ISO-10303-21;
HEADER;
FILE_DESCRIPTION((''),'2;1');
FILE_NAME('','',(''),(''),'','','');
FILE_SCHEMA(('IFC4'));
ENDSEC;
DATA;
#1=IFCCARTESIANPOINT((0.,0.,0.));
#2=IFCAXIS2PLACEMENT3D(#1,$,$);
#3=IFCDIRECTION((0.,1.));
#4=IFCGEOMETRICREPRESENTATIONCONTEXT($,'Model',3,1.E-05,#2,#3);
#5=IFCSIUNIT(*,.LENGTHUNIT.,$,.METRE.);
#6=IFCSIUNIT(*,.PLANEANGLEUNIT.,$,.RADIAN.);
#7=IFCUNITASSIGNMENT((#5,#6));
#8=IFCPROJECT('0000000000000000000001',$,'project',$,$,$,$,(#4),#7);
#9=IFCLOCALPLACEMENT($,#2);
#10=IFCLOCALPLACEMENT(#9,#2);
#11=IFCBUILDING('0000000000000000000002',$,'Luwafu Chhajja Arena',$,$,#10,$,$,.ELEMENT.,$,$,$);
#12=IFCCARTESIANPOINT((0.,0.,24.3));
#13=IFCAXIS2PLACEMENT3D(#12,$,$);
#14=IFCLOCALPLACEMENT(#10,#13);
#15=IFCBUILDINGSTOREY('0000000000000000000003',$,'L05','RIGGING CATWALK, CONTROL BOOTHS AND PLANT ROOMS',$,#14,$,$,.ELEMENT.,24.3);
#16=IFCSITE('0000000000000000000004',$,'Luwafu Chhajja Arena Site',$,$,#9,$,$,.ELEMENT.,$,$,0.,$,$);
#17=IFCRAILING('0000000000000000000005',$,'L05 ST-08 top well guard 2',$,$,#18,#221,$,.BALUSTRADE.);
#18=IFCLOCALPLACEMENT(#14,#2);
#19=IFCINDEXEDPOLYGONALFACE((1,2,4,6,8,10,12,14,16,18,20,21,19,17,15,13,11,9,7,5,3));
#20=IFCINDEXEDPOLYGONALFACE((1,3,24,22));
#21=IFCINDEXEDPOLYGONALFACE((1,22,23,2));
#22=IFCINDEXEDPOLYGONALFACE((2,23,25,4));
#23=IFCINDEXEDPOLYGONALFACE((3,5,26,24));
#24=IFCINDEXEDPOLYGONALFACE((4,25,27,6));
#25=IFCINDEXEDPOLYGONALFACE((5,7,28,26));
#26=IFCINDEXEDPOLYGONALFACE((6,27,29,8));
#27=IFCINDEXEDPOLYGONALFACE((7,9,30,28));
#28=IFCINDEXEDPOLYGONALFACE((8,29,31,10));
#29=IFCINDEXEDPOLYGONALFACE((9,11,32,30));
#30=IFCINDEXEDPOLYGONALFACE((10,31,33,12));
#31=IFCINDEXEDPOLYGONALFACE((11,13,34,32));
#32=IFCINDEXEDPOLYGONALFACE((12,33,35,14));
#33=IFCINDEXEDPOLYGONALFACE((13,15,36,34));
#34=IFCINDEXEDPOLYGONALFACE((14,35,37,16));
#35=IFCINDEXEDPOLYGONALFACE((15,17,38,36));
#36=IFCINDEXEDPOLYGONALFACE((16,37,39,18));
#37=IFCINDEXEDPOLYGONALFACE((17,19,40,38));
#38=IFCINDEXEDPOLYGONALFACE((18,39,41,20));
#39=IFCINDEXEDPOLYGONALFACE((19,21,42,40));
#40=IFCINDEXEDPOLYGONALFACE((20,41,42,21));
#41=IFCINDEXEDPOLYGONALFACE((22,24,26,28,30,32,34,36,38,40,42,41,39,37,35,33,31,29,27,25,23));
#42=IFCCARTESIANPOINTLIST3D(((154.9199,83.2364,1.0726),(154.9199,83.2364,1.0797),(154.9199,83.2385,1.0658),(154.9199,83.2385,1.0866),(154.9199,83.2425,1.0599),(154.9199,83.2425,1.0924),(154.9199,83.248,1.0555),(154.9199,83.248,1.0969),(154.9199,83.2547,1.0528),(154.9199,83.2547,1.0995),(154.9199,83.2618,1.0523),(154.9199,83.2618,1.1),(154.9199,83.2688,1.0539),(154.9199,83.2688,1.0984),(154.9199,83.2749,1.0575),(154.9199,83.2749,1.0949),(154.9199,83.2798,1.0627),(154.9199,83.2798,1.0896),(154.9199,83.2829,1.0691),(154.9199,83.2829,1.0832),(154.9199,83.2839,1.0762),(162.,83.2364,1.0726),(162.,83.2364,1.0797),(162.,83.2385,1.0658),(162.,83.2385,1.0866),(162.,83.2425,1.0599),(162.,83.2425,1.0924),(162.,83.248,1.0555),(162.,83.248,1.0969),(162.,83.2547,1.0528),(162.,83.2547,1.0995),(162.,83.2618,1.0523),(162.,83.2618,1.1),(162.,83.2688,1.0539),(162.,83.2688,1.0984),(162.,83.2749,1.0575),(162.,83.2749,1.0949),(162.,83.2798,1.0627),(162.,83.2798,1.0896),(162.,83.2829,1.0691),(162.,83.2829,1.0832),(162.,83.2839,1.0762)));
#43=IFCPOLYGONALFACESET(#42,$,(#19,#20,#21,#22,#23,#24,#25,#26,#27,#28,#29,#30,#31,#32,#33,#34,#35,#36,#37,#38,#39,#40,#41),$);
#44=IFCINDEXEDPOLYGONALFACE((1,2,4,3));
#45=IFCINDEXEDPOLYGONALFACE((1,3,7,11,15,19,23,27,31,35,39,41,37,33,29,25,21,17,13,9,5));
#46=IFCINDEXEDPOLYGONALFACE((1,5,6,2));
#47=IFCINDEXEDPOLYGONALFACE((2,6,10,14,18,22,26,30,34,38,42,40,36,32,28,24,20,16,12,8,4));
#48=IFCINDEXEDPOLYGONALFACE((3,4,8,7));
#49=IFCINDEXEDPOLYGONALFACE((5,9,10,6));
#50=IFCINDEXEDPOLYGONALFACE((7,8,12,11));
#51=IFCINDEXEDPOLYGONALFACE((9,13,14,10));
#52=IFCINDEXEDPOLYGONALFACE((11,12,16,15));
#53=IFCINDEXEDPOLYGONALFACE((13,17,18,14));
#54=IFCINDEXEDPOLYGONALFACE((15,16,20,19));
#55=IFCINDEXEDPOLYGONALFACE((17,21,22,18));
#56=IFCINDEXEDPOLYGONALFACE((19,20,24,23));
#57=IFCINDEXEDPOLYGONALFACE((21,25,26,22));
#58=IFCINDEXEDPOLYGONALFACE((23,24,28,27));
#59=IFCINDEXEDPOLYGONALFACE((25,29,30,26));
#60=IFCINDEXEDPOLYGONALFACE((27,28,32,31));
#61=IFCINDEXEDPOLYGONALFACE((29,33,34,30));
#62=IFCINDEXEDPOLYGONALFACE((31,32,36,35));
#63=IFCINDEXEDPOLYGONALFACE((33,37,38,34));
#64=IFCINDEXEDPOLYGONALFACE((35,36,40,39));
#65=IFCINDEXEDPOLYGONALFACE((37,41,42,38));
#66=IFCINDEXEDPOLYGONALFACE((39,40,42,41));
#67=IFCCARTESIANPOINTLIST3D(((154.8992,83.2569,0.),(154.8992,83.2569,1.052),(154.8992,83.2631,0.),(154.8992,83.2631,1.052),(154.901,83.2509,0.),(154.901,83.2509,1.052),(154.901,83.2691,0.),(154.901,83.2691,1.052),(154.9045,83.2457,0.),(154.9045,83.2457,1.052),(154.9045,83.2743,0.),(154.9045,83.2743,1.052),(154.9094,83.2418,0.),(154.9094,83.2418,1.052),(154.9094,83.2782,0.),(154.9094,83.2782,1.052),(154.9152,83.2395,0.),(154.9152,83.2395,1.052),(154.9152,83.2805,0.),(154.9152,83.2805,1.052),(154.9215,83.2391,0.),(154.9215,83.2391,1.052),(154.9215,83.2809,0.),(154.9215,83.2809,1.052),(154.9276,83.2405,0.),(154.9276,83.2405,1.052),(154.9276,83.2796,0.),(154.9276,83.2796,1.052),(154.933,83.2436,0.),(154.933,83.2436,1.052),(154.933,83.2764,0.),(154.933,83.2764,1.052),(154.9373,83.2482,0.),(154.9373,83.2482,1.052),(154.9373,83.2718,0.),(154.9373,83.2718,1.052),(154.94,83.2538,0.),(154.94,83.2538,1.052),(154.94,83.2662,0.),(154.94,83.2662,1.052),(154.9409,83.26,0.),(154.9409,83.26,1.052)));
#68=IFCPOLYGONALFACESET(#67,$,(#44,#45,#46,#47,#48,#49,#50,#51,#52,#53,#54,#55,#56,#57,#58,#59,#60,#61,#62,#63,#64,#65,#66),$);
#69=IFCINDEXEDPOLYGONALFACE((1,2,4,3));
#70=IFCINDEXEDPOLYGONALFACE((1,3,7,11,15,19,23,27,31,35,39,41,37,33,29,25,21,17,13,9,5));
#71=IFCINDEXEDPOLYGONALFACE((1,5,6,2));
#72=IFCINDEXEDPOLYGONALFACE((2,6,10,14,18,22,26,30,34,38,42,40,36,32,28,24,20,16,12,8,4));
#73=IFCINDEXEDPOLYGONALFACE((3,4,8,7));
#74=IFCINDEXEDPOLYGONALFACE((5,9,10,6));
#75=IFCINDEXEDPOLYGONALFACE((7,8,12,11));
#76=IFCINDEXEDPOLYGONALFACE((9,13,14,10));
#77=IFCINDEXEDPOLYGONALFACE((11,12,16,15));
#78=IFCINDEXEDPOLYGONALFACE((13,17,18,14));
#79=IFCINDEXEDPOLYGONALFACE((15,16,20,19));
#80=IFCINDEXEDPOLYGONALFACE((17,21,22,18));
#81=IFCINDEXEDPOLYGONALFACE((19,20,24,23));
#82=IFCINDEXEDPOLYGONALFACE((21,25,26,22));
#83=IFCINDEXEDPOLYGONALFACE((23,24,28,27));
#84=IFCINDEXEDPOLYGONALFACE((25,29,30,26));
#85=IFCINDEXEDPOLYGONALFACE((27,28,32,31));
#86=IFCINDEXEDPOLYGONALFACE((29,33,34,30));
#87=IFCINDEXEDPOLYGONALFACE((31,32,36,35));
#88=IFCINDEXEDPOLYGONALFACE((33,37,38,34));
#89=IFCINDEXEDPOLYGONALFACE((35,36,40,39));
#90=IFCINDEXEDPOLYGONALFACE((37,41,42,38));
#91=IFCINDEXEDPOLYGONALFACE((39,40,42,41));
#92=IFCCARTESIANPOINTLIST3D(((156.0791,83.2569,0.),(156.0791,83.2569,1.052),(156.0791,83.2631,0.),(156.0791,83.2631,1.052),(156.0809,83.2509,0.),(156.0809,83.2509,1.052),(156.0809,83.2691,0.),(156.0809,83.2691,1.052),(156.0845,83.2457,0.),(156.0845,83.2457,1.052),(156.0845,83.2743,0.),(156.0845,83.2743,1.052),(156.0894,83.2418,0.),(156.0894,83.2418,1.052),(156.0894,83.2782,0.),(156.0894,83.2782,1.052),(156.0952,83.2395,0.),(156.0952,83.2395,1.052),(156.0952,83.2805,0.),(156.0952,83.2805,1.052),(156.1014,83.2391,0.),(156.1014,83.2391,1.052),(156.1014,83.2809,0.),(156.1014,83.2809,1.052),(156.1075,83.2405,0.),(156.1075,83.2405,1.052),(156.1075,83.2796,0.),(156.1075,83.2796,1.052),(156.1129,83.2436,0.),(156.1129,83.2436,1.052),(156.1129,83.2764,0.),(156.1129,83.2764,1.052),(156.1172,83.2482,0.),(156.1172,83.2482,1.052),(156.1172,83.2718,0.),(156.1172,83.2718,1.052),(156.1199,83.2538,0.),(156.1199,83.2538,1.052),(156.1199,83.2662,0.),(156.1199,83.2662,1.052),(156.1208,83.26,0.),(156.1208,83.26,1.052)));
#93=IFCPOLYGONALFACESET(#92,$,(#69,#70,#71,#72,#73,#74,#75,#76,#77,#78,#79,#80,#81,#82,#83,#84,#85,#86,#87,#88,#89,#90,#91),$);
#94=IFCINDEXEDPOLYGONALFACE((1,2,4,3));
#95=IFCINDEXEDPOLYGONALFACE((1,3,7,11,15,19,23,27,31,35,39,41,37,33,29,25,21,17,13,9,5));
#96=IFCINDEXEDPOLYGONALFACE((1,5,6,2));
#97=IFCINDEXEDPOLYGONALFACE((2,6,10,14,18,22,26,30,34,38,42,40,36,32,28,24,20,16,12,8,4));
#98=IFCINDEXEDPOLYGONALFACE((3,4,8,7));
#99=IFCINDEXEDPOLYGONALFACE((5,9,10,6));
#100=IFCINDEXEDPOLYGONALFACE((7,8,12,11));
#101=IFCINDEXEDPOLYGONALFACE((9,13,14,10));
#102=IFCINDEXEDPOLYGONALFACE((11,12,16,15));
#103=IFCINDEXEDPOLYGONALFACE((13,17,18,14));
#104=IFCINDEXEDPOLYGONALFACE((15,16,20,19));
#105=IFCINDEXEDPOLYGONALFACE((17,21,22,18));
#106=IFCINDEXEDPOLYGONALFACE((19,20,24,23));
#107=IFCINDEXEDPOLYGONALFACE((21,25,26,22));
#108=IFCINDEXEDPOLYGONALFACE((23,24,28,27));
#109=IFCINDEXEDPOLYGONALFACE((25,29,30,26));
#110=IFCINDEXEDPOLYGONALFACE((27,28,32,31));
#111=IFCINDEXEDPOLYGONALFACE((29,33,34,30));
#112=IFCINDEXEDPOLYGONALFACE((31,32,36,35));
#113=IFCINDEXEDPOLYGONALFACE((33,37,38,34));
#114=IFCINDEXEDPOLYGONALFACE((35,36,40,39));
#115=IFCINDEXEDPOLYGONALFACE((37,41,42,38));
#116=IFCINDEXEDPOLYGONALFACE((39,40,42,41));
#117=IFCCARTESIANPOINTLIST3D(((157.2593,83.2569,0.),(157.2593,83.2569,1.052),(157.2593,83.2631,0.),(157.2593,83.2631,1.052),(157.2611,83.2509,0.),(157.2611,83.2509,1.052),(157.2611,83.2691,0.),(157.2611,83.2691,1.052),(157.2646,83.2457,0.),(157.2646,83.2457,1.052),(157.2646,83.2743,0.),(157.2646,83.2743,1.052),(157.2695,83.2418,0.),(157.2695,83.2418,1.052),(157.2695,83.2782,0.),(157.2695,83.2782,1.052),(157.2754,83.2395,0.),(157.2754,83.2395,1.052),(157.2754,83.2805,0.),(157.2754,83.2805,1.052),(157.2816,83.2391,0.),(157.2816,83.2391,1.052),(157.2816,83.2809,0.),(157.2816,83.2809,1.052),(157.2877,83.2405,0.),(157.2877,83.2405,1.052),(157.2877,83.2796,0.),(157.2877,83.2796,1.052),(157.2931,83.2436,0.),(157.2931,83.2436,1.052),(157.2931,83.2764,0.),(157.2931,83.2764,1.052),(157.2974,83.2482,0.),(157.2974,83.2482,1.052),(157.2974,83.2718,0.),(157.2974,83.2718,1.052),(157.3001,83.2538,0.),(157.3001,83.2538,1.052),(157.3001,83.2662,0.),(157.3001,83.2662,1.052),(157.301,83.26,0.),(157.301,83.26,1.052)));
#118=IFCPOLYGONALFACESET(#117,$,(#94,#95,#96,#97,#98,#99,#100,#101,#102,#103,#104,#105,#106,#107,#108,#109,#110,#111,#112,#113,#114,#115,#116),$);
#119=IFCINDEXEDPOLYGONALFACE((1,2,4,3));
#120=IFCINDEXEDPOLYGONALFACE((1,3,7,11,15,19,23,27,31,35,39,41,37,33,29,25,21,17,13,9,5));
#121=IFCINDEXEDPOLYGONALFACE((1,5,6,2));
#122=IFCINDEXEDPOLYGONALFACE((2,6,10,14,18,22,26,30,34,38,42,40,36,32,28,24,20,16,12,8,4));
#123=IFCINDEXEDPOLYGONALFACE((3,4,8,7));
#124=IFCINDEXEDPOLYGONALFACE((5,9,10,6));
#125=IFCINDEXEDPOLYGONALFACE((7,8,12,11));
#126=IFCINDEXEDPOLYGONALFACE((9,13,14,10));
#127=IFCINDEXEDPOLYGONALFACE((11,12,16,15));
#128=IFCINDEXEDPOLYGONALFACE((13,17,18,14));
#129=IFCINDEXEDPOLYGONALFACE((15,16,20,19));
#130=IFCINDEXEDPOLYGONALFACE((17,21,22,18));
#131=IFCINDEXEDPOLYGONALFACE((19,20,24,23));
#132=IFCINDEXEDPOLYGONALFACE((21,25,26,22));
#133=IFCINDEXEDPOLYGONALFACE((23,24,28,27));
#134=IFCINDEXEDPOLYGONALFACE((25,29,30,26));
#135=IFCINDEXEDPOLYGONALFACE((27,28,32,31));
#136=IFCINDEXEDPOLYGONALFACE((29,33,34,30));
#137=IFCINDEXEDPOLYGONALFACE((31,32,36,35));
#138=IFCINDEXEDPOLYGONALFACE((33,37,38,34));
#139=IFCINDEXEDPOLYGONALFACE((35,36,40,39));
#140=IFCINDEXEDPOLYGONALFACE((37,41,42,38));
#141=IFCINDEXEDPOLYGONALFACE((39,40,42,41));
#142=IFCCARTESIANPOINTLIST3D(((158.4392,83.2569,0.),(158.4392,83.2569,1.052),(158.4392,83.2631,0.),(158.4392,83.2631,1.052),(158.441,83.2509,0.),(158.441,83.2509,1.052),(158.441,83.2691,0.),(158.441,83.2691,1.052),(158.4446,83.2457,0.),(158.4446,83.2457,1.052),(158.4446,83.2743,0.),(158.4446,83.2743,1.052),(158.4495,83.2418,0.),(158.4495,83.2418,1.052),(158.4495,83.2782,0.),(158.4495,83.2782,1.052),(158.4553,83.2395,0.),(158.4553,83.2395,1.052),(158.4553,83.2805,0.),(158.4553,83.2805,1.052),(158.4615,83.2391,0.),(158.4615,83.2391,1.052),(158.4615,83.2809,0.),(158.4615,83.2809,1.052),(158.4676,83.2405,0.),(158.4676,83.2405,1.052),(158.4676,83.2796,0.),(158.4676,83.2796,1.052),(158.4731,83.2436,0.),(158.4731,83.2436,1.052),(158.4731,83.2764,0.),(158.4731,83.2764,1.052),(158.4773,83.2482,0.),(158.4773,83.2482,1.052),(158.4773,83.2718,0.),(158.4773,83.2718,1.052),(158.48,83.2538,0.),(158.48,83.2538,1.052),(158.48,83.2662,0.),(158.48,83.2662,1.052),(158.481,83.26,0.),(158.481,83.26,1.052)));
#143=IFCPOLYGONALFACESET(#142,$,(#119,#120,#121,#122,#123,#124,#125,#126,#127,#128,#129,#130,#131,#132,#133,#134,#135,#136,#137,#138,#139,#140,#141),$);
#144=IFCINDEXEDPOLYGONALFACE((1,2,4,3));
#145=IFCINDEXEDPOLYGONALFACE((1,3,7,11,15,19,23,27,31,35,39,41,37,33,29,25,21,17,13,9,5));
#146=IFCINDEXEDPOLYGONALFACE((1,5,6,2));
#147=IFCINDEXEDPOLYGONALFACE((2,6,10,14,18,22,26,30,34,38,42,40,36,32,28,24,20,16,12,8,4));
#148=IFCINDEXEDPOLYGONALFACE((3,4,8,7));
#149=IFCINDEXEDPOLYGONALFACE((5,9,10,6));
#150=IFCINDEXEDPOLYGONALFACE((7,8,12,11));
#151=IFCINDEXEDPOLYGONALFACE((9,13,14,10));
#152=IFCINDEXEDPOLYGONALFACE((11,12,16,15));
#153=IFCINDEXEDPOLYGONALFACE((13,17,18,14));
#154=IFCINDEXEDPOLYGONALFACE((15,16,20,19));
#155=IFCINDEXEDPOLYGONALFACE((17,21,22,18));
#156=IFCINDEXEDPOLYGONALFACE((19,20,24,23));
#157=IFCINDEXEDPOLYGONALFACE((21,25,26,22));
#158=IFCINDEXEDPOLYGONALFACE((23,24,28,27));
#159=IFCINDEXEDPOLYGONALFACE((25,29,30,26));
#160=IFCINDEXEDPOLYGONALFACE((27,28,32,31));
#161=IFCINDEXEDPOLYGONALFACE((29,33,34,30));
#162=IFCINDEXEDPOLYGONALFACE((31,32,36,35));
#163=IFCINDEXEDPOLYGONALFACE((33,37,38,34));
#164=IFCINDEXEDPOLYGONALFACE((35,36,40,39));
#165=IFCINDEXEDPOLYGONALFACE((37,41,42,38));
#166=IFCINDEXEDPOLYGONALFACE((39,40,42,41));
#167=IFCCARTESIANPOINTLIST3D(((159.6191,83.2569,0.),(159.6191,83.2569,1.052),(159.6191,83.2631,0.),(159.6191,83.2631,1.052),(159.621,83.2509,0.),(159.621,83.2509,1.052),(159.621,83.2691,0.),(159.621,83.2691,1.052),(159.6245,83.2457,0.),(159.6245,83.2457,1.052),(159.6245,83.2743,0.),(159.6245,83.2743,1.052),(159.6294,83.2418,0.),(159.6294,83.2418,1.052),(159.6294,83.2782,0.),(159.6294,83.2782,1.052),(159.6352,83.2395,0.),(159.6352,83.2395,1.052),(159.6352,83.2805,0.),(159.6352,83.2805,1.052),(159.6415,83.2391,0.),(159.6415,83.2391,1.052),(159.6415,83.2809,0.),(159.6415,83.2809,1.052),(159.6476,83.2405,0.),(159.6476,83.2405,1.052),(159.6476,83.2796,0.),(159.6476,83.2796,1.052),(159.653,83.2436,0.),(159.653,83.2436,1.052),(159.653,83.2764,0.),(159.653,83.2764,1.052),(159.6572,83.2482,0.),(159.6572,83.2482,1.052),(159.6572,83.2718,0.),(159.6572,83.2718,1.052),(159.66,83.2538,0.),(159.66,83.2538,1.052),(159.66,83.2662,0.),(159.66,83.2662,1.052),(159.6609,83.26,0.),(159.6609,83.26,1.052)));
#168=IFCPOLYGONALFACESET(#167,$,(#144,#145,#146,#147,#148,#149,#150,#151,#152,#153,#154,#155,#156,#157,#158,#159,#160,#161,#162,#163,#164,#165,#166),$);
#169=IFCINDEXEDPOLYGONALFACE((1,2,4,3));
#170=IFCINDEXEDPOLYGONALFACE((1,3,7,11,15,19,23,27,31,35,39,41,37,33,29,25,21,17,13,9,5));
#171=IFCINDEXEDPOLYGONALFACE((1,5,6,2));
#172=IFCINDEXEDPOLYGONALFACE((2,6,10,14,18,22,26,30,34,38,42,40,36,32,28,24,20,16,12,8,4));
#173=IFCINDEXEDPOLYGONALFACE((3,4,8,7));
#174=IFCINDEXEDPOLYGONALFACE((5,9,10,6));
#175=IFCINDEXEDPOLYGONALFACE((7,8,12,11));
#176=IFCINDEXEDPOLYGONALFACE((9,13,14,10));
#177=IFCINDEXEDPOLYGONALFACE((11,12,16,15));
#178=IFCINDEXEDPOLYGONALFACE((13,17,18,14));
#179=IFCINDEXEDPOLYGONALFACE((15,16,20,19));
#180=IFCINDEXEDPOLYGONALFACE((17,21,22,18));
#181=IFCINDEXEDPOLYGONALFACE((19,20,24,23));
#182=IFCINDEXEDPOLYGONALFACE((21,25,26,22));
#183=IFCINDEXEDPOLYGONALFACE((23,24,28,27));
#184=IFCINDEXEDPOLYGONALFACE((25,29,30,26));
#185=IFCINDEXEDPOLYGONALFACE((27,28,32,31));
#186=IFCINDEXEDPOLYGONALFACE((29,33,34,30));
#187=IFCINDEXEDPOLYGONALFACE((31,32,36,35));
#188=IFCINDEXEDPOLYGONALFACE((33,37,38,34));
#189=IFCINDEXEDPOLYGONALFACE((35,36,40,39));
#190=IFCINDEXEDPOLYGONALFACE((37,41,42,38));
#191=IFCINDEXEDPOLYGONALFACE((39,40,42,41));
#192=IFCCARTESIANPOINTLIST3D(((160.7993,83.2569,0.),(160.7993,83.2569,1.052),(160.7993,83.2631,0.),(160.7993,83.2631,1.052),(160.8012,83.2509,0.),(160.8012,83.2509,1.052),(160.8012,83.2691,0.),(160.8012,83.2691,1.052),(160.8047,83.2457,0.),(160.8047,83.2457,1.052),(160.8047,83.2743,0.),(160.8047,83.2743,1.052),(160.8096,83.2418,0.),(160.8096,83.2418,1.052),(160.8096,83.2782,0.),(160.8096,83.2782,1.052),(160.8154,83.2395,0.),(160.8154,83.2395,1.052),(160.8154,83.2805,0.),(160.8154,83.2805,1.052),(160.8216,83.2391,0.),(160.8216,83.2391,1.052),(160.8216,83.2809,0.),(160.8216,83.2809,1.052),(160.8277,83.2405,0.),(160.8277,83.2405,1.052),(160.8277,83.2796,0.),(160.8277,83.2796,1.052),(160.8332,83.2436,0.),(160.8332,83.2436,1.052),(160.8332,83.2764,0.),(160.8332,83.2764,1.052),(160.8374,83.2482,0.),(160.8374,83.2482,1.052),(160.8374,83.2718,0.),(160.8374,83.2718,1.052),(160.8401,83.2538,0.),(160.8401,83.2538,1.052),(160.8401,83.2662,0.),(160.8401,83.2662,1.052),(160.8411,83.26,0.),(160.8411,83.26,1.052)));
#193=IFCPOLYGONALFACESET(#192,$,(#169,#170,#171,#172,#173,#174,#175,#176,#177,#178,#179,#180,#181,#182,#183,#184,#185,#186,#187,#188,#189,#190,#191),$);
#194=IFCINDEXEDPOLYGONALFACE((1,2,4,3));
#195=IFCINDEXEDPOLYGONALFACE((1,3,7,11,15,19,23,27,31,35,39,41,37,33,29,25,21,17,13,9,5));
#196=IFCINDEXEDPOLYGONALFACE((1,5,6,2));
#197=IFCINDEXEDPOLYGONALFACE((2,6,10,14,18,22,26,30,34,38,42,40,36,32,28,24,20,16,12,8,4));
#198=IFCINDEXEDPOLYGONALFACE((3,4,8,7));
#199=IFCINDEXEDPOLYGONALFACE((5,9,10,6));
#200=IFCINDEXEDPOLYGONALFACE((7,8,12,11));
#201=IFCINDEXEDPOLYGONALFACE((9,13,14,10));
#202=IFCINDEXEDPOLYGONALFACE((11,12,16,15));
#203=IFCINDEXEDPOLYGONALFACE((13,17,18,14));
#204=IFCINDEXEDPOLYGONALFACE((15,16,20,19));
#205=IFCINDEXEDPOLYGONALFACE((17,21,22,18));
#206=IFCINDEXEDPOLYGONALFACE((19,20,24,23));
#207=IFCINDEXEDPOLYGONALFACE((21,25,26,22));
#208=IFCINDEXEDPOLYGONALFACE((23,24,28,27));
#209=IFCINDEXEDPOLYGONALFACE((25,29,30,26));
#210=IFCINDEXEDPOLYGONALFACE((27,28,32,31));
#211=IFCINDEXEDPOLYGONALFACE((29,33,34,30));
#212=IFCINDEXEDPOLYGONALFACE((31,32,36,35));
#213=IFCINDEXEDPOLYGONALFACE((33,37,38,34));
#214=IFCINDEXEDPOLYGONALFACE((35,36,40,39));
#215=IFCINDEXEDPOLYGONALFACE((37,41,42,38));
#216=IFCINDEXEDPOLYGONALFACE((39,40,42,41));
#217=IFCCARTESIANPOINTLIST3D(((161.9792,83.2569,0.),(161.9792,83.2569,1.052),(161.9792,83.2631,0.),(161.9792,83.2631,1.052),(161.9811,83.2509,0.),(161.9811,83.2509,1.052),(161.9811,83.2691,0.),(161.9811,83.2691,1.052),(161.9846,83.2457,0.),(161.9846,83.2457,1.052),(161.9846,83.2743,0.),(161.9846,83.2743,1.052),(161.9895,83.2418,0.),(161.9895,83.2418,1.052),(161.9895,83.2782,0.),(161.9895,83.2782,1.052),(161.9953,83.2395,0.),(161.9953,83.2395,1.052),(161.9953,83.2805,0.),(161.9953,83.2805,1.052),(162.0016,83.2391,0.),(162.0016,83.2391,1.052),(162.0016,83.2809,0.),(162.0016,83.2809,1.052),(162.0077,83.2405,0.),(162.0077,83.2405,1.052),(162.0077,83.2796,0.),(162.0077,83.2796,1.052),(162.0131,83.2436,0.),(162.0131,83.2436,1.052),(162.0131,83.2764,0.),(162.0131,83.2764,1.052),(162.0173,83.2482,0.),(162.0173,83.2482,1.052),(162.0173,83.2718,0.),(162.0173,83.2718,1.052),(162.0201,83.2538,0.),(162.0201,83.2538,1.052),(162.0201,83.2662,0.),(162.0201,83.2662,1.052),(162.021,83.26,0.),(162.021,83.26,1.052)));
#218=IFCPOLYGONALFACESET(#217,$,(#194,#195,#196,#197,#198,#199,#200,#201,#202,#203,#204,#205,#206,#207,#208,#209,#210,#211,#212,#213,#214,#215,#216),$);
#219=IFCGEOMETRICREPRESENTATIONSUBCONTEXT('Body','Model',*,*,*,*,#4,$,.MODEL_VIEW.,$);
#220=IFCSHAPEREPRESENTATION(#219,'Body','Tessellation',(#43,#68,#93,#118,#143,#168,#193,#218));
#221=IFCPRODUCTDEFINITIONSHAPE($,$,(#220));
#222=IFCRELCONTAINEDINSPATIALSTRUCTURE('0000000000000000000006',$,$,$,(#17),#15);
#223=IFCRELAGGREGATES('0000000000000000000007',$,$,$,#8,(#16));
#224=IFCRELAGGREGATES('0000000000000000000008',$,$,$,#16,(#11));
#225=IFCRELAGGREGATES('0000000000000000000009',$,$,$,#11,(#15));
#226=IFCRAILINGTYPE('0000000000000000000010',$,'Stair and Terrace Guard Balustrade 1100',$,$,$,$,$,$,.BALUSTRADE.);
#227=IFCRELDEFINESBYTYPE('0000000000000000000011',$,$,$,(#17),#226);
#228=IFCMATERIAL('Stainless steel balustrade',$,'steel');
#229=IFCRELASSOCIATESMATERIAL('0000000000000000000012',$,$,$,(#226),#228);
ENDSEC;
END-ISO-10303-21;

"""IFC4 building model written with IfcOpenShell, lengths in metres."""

from ifc_helpers import new_model, si_unit, direction, frame, origin, origin_2d, place, context, subcontext, project, spatial, circle, extrude, material, type_object, element, save


model = new_model("IFC4")

# Units and contexts
model_context = context("Model", 3, precision=1e-05, world=origin(), true_north=direction((0.0, 1.0)))
body_context = subcontext(model_context, "Body", "Model", "MODEL_VIEW")
ifc_project = project(units=[si_unit("LENGTHUNIT", "METRE"), si_unit("PLANEANGLEUNIT", "RADIAN")], contexts=[model_context])

# Site, building, storey
site_placement = place(None, origin())
site = spatial("IfcSite", under=ifc_project, at=site_placement, Name="Luwafu Chhajja Arena Site", CompositionType="ELEMENT", RefElevation=0.0)
building_placement = place(site_placement, origin())
building = spatial("IfcBuilding", under=site, at=building_placement, Name="Luwafu Chhajja Arena", CompositionType="ELEMENT")
storey_placement = place(building_placement, frame((0.0, 0.0, 24.3)))
storey = spatial("IfcBuildingStorey", under=building, at=storey_placement, Name="L05", Description="RIGGING CATWALK, CONTROL BOOTHS AND PLANT ROOMS", CompositionType="ELEMENT", Elevation=24.3)

# Railing
ifc_material_1 = material(Name="Stainless steel balustrade", Category="steel")
railing_type = type_object("IfcRailingType", Name="Stair and Terrace Guard Balustrade 1100", PredefinedType="BALUSTRADE", material=ifc_material_1)
for number, where, name in (
    (1, (154.9199, 83.26, 0.0), "L05 ST-08 top well guard 2"),
):
    element("IfcRailing", number, at=place(storey_placement, frame(where)), inside=storey, type_object=railing_type, Name=name, PredefinedType="BALUSTRADE", context=body_context, shape_type="SweptSolid", body=[
        extrude(circle(Radius=0.0239, at=origin_2d()), frame((0.0, 0.0, 1.0762), z_axis=(1.0, 0.0, 0.0), x_axis=(0.0, 1.0, 0.0)), (0.0, 0.0, 1.0), 7.0801),
        extrude(circle(Radius=0.021, at=origin_2d()), origin(), (0.0, 0.0, 1.0), 1.052),
        extrude(circle(Radius=0.021, at=origin_2d()), frame((1.1799, 0.0, 0.0)), (0.0, 0.0, 1.0), 1.052),
        extrude(circle(Radius=0.021, at=origin_2d()), frame((2.3601, 0.0, 0.0)), (0.0, 0.0, 1.0), 1.052),
        extrude(circle(Radius=0.021, at=origin_2d()), frame((3.54, 0.0, 0.0)), (0.0, 0.0, 1.0), 1.052),
        extrude(circle(Radius=0.021, at=origin_2d()), frame((4.72, 0.0, 0.0)), (0.0, 0.0, 1.0), 1.052),
        extrude(circle(Radius=0.021, at=origin_2d()), frame((5.9001, 0.0, 0.0)), (0.0, 0.0, 1.0), 1.052),
        extrude(circle(Radius=0.021, at=origin_2d()), frame((7.0801, 0.0, 0.0)), (0.0, 0.0, 1.0), 1.052),
    ])

save(model, "model.ifc")
